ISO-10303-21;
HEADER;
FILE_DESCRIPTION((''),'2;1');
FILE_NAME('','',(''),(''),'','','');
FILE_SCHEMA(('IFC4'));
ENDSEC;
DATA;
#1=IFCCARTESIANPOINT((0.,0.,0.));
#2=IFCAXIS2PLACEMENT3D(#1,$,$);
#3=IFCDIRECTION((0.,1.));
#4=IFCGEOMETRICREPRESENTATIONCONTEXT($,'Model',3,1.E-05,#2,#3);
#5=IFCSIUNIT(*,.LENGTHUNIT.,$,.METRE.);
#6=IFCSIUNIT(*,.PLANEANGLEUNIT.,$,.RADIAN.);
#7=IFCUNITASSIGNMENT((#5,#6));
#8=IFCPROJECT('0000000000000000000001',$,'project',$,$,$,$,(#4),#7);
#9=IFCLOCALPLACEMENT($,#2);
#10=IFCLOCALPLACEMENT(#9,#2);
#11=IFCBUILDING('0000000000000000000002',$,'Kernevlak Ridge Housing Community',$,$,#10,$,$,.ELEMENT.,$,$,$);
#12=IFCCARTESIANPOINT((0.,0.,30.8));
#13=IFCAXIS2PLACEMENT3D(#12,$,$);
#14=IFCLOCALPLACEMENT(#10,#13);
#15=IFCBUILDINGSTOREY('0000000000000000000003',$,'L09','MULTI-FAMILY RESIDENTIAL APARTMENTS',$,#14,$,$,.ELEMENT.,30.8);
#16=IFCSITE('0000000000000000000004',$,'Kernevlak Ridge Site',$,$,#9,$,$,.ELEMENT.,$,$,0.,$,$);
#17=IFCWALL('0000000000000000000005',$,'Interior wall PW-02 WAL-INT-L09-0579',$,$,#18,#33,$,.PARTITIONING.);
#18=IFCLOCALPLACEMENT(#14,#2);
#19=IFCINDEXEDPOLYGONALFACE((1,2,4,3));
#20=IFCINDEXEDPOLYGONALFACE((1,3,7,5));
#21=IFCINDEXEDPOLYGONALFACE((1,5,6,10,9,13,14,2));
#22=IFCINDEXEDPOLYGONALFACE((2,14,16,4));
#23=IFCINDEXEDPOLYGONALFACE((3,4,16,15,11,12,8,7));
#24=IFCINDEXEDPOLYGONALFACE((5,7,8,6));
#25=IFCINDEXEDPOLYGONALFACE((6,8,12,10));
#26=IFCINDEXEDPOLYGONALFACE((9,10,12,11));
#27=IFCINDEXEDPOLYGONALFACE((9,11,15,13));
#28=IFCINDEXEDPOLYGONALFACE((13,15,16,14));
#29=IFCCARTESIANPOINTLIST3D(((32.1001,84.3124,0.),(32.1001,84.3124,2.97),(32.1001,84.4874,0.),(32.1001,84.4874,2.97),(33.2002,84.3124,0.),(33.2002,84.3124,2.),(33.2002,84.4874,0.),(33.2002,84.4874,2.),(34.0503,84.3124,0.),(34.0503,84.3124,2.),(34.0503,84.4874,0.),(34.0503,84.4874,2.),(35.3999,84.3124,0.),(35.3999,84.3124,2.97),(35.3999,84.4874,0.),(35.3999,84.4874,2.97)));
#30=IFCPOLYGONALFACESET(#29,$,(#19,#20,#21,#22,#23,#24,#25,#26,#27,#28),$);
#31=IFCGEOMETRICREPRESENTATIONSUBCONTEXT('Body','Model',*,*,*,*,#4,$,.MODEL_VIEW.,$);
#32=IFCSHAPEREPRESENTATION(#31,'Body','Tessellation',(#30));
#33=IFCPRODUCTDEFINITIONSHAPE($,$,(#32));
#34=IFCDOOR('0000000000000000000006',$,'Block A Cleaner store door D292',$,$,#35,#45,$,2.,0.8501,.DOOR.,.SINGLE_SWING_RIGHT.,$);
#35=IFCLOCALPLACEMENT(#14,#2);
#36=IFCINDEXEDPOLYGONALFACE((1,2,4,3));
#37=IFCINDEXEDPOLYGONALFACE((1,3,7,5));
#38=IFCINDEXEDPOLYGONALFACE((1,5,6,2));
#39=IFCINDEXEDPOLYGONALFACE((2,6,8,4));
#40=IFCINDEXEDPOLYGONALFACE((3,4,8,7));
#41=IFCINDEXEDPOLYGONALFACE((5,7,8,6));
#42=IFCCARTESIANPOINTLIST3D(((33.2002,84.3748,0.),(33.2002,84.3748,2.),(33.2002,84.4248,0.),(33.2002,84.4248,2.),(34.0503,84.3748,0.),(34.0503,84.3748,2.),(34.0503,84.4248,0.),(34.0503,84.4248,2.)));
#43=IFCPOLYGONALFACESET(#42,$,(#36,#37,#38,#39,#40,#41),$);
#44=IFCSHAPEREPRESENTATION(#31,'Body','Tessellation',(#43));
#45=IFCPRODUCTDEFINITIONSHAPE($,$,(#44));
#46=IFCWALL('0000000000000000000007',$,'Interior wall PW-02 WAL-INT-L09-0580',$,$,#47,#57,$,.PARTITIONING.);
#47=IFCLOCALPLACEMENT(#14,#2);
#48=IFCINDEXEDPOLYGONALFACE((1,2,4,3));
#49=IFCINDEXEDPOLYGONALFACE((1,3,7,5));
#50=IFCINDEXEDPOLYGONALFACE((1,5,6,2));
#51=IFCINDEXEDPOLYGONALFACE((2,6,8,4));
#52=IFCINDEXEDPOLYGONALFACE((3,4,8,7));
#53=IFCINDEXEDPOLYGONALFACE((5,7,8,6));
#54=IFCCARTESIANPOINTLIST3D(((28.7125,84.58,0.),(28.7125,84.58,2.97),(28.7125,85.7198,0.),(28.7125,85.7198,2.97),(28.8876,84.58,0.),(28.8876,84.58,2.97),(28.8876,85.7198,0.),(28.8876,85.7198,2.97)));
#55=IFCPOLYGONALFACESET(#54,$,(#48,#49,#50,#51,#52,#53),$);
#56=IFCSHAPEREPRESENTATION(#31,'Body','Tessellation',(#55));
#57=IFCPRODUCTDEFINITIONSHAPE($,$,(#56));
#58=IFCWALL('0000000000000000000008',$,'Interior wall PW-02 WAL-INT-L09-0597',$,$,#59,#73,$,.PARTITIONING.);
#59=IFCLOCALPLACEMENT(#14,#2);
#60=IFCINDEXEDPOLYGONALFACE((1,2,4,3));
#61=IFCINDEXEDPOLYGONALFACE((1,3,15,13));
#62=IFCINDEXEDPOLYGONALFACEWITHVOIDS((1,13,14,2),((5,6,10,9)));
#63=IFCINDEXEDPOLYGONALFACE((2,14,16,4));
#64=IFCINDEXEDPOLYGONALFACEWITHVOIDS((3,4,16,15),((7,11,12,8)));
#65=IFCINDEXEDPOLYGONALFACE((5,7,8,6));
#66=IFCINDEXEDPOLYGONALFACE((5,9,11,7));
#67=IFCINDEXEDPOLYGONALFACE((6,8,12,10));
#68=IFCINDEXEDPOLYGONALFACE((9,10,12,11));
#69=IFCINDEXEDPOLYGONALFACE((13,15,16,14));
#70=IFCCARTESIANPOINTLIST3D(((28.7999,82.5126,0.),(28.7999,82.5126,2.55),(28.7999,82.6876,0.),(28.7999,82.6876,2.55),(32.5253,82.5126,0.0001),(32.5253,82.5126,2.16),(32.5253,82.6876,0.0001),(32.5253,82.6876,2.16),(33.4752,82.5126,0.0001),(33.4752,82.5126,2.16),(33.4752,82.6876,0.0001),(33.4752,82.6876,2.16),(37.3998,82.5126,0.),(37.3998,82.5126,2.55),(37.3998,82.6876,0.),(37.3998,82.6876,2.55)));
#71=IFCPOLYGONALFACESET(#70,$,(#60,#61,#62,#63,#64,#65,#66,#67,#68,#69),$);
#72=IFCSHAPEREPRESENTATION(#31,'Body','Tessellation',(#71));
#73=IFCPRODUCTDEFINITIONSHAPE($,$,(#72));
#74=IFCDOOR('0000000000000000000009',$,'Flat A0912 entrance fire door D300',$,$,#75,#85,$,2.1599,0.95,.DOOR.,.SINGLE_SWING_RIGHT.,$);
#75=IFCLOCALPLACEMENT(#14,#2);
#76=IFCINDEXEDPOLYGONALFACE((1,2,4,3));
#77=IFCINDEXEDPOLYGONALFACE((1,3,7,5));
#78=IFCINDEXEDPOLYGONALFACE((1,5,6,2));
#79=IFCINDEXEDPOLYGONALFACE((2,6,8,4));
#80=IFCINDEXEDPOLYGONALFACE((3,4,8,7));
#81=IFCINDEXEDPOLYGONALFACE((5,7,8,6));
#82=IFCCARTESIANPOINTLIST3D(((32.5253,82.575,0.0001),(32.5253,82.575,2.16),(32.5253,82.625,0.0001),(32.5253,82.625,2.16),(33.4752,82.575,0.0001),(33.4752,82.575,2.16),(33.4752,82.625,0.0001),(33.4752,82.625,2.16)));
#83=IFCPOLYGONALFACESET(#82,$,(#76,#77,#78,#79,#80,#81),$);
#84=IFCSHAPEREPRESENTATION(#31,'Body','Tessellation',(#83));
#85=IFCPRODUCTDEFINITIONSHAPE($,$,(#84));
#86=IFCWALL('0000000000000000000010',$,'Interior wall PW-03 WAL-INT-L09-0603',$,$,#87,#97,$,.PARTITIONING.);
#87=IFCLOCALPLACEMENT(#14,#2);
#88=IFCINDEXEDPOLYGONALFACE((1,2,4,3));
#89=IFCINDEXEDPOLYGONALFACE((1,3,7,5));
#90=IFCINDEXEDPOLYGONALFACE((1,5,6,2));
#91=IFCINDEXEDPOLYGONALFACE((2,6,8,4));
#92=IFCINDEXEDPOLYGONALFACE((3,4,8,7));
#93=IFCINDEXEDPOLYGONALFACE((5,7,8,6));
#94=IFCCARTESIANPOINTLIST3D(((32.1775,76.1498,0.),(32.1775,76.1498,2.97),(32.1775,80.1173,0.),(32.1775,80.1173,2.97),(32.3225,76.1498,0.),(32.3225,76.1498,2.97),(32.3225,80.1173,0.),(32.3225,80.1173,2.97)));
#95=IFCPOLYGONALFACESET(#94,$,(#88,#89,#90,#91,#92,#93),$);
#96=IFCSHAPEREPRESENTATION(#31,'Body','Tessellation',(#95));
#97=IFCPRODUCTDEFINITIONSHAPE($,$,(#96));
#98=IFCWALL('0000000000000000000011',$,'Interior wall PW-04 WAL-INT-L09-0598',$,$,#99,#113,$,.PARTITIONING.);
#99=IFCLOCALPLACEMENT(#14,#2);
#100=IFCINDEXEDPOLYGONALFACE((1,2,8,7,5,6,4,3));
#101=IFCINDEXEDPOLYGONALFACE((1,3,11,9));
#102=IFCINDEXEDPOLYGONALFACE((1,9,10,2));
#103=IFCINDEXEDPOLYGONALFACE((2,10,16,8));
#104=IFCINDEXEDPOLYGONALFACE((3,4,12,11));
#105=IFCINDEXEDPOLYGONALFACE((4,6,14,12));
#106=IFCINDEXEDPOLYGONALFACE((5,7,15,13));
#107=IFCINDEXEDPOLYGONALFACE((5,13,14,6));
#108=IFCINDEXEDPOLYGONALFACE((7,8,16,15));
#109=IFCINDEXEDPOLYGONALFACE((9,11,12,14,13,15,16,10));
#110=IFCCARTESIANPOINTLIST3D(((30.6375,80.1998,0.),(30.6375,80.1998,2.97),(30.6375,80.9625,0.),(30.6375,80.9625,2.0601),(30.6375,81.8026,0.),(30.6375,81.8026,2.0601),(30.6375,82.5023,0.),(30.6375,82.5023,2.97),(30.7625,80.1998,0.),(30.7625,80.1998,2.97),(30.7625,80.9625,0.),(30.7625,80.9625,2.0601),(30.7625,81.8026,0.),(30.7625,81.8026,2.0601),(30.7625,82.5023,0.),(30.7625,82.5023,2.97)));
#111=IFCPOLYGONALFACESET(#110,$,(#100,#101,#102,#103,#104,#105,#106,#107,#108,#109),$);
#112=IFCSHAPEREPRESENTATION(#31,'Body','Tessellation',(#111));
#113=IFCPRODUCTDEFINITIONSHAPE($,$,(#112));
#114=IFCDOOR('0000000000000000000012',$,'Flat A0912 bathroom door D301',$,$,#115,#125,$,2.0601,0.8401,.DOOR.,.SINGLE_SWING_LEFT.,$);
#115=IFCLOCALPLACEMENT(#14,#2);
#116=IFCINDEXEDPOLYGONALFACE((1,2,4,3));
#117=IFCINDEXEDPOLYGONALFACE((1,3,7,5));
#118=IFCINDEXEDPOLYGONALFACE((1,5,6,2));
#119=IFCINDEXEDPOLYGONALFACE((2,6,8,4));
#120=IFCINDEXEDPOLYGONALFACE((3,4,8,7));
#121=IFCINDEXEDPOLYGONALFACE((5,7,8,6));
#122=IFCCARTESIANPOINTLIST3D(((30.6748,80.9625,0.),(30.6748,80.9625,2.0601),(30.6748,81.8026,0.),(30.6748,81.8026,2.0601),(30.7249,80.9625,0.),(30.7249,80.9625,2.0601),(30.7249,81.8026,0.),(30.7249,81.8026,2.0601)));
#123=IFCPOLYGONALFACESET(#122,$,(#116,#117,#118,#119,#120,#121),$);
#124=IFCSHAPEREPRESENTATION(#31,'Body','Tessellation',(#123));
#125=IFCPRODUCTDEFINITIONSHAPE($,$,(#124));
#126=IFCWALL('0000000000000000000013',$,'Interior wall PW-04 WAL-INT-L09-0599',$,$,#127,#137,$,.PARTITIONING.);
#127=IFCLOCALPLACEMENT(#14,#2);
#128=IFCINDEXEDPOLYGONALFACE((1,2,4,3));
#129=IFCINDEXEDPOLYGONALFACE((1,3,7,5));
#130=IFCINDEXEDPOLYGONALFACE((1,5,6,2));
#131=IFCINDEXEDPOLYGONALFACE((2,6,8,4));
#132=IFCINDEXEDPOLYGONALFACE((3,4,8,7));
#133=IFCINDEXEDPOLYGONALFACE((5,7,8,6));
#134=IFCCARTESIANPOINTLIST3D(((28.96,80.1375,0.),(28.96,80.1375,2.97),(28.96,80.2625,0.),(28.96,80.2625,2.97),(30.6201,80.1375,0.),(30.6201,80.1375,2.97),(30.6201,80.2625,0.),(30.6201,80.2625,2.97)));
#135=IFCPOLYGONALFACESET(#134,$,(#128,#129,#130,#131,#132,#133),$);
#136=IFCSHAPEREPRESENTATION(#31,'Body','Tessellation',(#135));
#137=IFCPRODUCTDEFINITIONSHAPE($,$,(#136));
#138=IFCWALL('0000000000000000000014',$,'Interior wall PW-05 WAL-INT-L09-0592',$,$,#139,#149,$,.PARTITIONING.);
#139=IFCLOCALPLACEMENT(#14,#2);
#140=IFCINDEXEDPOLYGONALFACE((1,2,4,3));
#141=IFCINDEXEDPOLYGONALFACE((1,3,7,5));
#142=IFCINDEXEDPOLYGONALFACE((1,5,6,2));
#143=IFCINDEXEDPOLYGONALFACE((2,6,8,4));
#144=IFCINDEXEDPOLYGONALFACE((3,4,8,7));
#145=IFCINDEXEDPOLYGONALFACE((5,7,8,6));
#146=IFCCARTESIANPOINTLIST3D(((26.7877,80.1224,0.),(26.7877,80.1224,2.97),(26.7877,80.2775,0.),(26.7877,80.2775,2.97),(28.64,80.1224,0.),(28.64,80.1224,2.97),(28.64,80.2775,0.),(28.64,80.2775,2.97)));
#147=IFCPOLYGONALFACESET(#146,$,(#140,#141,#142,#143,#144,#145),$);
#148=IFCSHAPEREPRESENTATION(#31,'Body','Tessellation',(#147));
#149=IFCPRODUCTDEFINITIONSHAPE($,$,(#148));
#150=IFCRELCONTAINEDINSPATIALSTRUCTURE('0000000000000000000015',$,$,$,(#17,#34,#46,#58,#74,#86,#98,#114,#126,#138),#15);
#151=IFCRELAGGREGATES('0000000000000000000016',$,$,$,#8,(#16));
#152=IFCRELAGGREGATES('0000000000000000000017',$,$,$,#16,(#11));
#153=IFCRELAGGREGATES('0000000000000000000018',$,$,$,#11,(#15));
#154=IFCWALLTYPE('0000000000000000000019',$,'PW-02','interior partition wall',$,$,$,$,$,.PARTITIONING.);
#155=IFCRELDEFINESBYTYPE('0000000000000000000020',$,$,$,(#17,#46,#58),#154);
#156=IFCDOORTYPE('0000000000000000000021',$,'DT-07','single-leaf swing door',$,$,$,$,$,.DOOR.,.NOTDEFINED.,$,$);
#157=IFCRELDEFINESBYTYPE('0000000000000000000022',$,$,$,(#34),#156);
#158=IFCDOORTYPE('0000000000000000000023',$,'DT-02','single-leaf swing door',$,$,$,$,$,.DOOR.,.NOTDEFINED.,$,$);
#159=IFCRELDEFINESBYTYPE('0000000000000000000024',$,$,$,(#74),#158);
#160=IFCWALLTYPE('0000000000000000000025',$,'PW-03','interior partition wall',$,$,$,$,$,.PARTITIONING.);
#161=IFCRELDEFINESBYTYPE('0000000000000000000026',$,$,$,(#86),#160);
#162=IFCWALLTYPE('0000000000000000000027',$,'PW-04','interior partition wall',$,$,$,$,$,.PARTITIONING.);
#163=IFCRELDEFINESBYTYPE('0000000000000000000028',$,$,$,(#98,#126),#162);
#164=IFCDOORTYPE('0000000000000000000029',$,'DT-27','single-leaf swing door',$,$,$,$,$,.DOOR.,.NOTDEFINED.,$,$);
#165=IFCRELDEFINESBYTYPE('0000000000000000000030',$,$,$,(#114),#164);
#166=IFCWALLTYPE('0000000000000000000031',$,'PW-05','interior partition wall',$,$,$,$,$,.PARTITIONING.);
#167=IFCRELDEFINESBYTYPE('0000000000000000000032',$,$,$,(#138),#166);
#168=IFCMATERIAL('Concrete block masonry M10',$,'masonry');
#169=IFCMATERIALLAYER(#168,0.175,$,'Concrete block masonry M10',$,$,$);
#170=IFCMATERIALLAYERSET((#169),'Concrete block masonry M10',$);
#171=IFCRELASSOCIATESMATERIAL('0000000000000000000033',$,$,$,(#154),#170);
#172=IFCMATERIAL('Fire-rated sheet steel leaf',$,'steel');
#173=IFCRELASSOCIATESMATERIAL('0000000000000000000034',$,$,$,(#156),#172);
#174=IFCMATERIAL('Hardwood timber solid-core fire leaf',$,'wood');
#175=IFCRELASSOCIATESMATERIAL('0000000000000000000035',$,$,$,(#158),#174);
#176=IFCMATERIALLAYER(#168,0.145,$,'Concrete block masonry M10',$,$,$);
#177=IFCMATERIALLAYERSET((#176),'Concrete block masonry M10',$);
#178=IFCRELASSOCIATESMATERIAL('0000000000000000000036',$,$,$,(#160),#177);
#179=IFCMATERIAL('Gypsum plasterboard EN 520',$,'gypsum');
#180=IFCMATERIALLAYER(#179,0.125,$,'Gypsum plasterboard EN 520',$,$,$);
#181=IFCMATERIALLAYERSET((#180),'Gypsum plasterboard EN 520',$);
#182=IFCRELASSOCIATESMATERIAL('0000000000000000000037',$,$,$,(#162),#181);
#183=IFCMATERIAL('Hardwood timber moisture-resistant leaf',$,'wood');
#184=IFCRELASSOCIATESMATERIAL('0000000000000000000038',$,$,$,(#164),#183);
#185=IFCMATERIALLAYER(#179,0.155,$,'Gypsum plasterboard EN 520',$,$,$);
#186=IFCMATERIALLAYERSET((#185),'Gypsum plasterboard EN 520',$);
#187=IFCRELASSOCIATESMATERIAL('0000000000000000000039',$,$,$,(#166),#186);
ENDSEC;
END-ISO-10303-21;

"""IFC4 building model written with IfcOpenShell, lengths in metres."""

from ifc_helpers import new_model, si_unit, direction, frame, frame_2d, origin, place, context, subcontext, project, spatial, rectangle, extrude, material, layer, layer_set, type_object, element, fill, save


model = new_model("IFC4")

# Units and contexts
model_context = context("Model", 3, precision=1e-05, world=origin(), true_north=direction((0.0, 1.0)))
body_context = subcontext(model_context, "Body", "Model", "MODEL_VIEW")
ifc_project = project(units=[si_unit("LENGTHUNIT", "METRE"), si_unit("PLANEANGLEUNIT", "RADIAN")], contexts=[model_context])

# Site, building, storey
site_placement = place(None, origin())
site = spatial("IfcSite", under=ifc_project, at=site_placement, Name="Kernevlak Ridge Site", CompositionType="ELEMENT", RefElevation=0.0)
building_placement = place(site_placement, origin())
building = spatial("IfcBuilding", under=site, at=building_placement, Name="Kernevlak Ridge Housing Community", CompositionType="ELEMENT")
storey_placement = place(building_placement, frame((0.0, 0.0, 30.8)))
storey = spatial("IfcBuildingStorey", under=building, at=storey_placement, Name="L09", Description="MULTI-FAMILY RESIDENTIAL APARTMENTS", CompositionType="ELEMENT", Elevation=30.8)

# Shared definitions
ifc_material_1 = material(Name="Concrete block masonry M10", Category="masonry")

# Wall, opening, door
ifc_layer_1 = layer(ifc_material_1, 0.175, Name="Concrete block masonry M10")
ifc_layer_set_1 = layer_set([ifc_layer_1], Name="Concrete block masonry M10")
wall_type_1 = type_object("IfcWallType", Name="PW-02", Description="interior partition wall", PredefinedType="PARTITIONING", material=ifc_layer_set_1)
ifc_material_2 = material(Name="Fire-rated sheet steel leaf", Category="steel")
wall_1_placement = place(storey_placement, frame((32.1001, 84.3999, 0.0), z_axis=(0.0, 0.0, 1.0), x_axis=(1.0, 0.0, 0.0)))
wall_1 = element("IfcWall", 1, at=wall_1_placement, inside=storey, type_object=wall_type_1, Name="Interior wall PW-02 WAL-INT-L09-0579", PredefinedType="PARTITIONING", context=body_context, shape_type="SweptSolid", body=[
    extrude(rectangle(XDim=3.2998, YDim=0.175, at=frame_2d((1.6499, 0.0))), origin(), (0.0, 0.0, 1.0), 2.97),
])
opening_1_placement = place(wall_1_placement, frame((1.1001, 0.0, 0.0)))
opening_1 = element("IfcOpeningElement", 2, at=opening_1_placement, cuts=wall_1, PredefinedType="OPENING", context=body_context, shape_type="SweptSolid", body=[
    extrude(rectangle(XDim=0.8501, YDim=2.0, at=frame_2d((0.425, 1.0))), frame((0.0, 0.0974, 0.0), z_axis=(0.0, -1.0, 0.0), x_axis=(1.0, 0.0, 0.0)), (0.0, 0.0, 1.0), 0.1951),
])
door_type_1 = type_object("IfcDoorType", Name="DT-07", Description="single-leaf swing door", OperationType="NOTDEFINED", PredefinedType="DOOR", material=ifc_material_2)
door_1_placement = place(opening_1_placement, origin())
door_1 = element("IfcDoor", 3, at=door_1_placement, inside=storey, type_object=door_type_1, Name="Block A Cleaner store door D292", OperationType="SINGLE_SWING_RIGHT", OverallHeight=2.0, OverallWidth=0.8501, PredefinedType="DOOR", context=body_context, shape_type="SweptSolid", body=[
    extrude(rectangle(XDim=0.8501, YDim=2.0, at=frame_2d((0.425, 1.0))), frame((0.0, 0.0249, 0.0), z_axis=(0.0, -1.0, 0.0), x_axis=(1.0, 0.0, 0.0)), (0.0, 0.0, 1.0), 0.05),
])
fill(opening_1, door_1)

# Wall
wall_2_placement = place(storey_placement, frame((28.8, 84.5801, 0.0), z_axis=(0.0, 0.0, 1.0), x_axis=(0.0, 1.0, 0.0)))
element("IfcWall", 4, at=wall_2_placement, inside=storey, type_object=wall_type_1, Name="Interior wall PW-02 WAL-INT-L09-0580", PredefinedType="PARTITIONING", context=body_context, shape_type="SweptSolid", body=[
    extrude(rectangle(XDim=1.1399, YDim=0.175, at=frame_2d((0.5698, 0.0))), origin(), (0.0, 0.0, 1.0), 2.97),
])

# Wall, opening, door
wall_3_placement = place(storey_placement, frame((28.8, 82.6001, 0.0), z_axis=(0.0, 0.0, 1.0), x_axis=(1.0, 0.0, 0.0)))
wall_3 = element("IfcWall", 5, at=wall_3_placement, inside=storey, type_object=wall_type_1, Name="Interior wall PW-02 WAL-INT-L09-0597", PredefinedType="PARTITIONING", context=body_context, shape_type="SweptSolid", body=[
    extrude(rectangle(XDim=8.5999, YDim=0.175, at=frame_2d((4.2998, 0.0))), origin(), (0.0, 0.0, 1.0), 2.55),
])
opening_2_placement = place(wall_3_placement, frame((3.7251, 0.0, 0.0)))
opening_2 = element("IfcOpeningElement", 6, at=opening_2_placement, cuts=wall_3, PredefinedType="OPENING", context=body_context, shape_type="SweptSolid", body=[
    extrude(rectangle(XDim=0.95, YDim=2.1599, at=frame_2d((0.4751, 1.0801))), frame((0.0, 0.0974, 0.0), z_axis=(0.0, -1.0, 0.0), x_axis=(1.0, 0.0, 0.0)), (0.0, 0.0, 1.0), 0.1951),
])
ifc_material_3 = material(Name="Hardwood timber solid-core fire leaf", Category="wood")
door_type_2 = type_object("IfcDoorType", Name="DT-02", Description="single-leaf swing door", OperationType="NOTDEFINED", PredefinedType="DOOR", material=ifc_material_3)
door_2_placement = place(opening_2_placement, origin())
door_2 = element("IfcDoor", 7, at=door_2_placement, inside=storey, type_object=door_type_2, Name="Flat A0912 entrance fire door D300", OperationType="SINGLE_SWING_RIGHT", OverallHeight=2.1599, OverallWidth=0.95, PredefinedType="DOOR", context=body_context, shape_type="SweptSolid", body=[
    extrude(rectangle(XDim=0.95, YDim=2.1599, at=frame_2d((0.4751, 1.0801))), frame((0.0, 0.0249, 0.0), z_axis=(0.0, -1.0, 0.0), x_axis=(1.0, 0.0, 0.0)), (0.0, 0.0, 1.0), 0.05),
])
fill(opening_2, door_2)
ifc_layer_2 = layer(ifc_material_1, 0.145, Name="Concrete block masonry M10")
ifc_layer_set_2 = layer_set([ifc_layer_2], Name="Concrete block masonry M10")
wall_type_2 = type_object("IfcWallType", Name="PW-03", Description="interior partition wall", PredefinedType="PARTITIONING", material=ifc_layer_set_2)

# Wall
wall_4_placement = place(storey_placement, frame((32.25, 80.1174, 0.0), z_axis=(0.0, 0.0, 1.0), x_axis=(0.0, -1.0, 0.0)))
element("IfcWall", 8, at=wall_4_placement, inside=storey, type_object=wall_type_2, Name="Interior wall PW-03 WAL-INT-L09-0603", PredefinedType="PARTITIONING", context=body_context, shape_type="SweptSolid", body=[
    extrude(rectangle(XDim=3.9675, YDim=0.145, at=frame_2d((1.9839, 0.0))), origin(), (0.0, 0.0, 1.0), 2.97),
])

# Wall, opening, door
ifc_material_4 = material(Name="Gypsum plasterboard EN 520", Category="gypsum")
ifc_layer_3 = layer(ifc_material_4, 0.125, Name="Gypsum plasterboard EN 520")
ifc_layer_set_3 = layer_set([ifc_layer_3], Name="Gypsum plasterboard EN 520")
wall_type_3 = type_object("IfcWallType", Name="PW-04", Description="interior partition wall", PredefinedType="PARTITIONING", material=ifc_layer_set_3)
wall_5_placement = place(storey_placement, frame((30.7, 82.5024, 0.0), z_axis=(0.0, 0.0, 1.0), x_axis=(0.0, -1.0, 0.0)))
wall_5 = element("IfcWall", 9, at=wall_5_placement, inside=storey, type_object=wall_type_3, Name="Interior wall PW-04 WAL-INT-L09-0598", PredefinedType="PARTITIONING", context=body_context, shape_type="SweptSolid", body=[
    extrude(rectangle(XDim=2.3025, YDim=0.125, at=frame_2d((1.1514, 0.0))), origin(), (0.0, 0.0, 1.0), 2.97),
])
opening_3_placement = place(wall_5_placement, frame((0.7, 0.0, 0.0)))
opening_3 = element("IfcOpeningElement", 10, at=opening_3_placement, cuts=wall_5, PredefinedType="OPENING", context=body_context, shape_type="SweptSolid", body=[
    extrude(rectangle(XDim=0.8401, YDim=2.0601, at=frame_2d((0.4199, 1.03))), frame((0.0, 0.0725, 0.0), z_axis=(0.0, -1.0, 0.0), x_axis=(1.0, 0.0, 0.0)), (0.0, 0.0, 1.0), 0.145),
])
ifc_material_5 = material(Name="Hardwood timber moisture-resistant leaf", Category="wood")
door_type_3 = type_object("IfcDoorType", Name="DT-27", Description="single-leaf swing door", OperationType="NOTDEFINED", PredefinedType="DOOR", material=ifc_material_5)
door_3_placement = place(opening_3_placement, origin())
door_3 = element("IfcDoor", 11, at=door_3_placement, inside=storey, type_object=door_type_3, Name="Flat A0912 bathroom door D301", OperationType="SINGLE_SWING_LEFT", OverallHeight=2.0601, OverallWidth=0.8401, PredefinedType="DOOR", context=body_context, shape_type="SweptSolid", body=[
    extrude(rectangle(XDim=0.8401, YDim=2.0601, at=frame_2d((0.4199, 1.03))), frame((0.0, 0.0249, 0.0), z_axis=(0.0, -1.0, 0.0), x_axis=(1.0, 0.0, 0.0)), (0.0, 0.0, 1.0), 0.05),
])
fill(opening_3, door_3)

# Walls
wall_6_placement = place(storey_placement, frame((28.96, 80.2, 0.0), z_axis=(0.0, 0.0, 1.0), x_axis=(1.0, 0.0, 0.0)))
element("IfcWall", 12, at=wall_6_placement, inside=storey, type_object=wall_type_3, Name="Interior wall PW-04 WAL-INT-L09-0599", PredefinedType="PARTITIONING", context=body_context, shape_type="SweptSolid", body=[
    extrude(rectangle(XDim=1.6602, YDim=0.125, at=frame_2d((0.8301, 0.0))), origin(), (0.0, 0.0, 1.0), 2.97),
])
ifc_layer_4 = layer(ifc_material_4, 0.155, Name="Gypsum plasterboard EN 520")
ifc_layer_set_4 = layer_set([ifc_layer_4], Name="Gypsum plasterboard EN 520")
wall_type_4 = type_object("IfcWallType", Name="PW-05", Description="interior partition wall", PredefinedType="PARTITIONING", material=ifc_layer_set_4)
wall_7_placement = place(storey_placement, frame((26.7876, 80.2, 0.0), z_axis=(0.0, 0.0, 1.0), x_axis=(1.0, 0.0, 0.0)))
element("IfcWall", 13, at=wall_7_placement, inside=storey, type_object=wall_type_4, Name="Interior wall PW-05 WAL-INT-L09-0592", PredefinedType="PARTITIONING", context=body_context, shape_type="SweptSolid", body=[
    extrude(rectangle(XDim=1.8523, YDim=0.155, at=frame_2d((0.9263, 0.0))), origin(), (0.0, 0.0, 1.0), 2.97),
])

save(model, "model.ifc")
